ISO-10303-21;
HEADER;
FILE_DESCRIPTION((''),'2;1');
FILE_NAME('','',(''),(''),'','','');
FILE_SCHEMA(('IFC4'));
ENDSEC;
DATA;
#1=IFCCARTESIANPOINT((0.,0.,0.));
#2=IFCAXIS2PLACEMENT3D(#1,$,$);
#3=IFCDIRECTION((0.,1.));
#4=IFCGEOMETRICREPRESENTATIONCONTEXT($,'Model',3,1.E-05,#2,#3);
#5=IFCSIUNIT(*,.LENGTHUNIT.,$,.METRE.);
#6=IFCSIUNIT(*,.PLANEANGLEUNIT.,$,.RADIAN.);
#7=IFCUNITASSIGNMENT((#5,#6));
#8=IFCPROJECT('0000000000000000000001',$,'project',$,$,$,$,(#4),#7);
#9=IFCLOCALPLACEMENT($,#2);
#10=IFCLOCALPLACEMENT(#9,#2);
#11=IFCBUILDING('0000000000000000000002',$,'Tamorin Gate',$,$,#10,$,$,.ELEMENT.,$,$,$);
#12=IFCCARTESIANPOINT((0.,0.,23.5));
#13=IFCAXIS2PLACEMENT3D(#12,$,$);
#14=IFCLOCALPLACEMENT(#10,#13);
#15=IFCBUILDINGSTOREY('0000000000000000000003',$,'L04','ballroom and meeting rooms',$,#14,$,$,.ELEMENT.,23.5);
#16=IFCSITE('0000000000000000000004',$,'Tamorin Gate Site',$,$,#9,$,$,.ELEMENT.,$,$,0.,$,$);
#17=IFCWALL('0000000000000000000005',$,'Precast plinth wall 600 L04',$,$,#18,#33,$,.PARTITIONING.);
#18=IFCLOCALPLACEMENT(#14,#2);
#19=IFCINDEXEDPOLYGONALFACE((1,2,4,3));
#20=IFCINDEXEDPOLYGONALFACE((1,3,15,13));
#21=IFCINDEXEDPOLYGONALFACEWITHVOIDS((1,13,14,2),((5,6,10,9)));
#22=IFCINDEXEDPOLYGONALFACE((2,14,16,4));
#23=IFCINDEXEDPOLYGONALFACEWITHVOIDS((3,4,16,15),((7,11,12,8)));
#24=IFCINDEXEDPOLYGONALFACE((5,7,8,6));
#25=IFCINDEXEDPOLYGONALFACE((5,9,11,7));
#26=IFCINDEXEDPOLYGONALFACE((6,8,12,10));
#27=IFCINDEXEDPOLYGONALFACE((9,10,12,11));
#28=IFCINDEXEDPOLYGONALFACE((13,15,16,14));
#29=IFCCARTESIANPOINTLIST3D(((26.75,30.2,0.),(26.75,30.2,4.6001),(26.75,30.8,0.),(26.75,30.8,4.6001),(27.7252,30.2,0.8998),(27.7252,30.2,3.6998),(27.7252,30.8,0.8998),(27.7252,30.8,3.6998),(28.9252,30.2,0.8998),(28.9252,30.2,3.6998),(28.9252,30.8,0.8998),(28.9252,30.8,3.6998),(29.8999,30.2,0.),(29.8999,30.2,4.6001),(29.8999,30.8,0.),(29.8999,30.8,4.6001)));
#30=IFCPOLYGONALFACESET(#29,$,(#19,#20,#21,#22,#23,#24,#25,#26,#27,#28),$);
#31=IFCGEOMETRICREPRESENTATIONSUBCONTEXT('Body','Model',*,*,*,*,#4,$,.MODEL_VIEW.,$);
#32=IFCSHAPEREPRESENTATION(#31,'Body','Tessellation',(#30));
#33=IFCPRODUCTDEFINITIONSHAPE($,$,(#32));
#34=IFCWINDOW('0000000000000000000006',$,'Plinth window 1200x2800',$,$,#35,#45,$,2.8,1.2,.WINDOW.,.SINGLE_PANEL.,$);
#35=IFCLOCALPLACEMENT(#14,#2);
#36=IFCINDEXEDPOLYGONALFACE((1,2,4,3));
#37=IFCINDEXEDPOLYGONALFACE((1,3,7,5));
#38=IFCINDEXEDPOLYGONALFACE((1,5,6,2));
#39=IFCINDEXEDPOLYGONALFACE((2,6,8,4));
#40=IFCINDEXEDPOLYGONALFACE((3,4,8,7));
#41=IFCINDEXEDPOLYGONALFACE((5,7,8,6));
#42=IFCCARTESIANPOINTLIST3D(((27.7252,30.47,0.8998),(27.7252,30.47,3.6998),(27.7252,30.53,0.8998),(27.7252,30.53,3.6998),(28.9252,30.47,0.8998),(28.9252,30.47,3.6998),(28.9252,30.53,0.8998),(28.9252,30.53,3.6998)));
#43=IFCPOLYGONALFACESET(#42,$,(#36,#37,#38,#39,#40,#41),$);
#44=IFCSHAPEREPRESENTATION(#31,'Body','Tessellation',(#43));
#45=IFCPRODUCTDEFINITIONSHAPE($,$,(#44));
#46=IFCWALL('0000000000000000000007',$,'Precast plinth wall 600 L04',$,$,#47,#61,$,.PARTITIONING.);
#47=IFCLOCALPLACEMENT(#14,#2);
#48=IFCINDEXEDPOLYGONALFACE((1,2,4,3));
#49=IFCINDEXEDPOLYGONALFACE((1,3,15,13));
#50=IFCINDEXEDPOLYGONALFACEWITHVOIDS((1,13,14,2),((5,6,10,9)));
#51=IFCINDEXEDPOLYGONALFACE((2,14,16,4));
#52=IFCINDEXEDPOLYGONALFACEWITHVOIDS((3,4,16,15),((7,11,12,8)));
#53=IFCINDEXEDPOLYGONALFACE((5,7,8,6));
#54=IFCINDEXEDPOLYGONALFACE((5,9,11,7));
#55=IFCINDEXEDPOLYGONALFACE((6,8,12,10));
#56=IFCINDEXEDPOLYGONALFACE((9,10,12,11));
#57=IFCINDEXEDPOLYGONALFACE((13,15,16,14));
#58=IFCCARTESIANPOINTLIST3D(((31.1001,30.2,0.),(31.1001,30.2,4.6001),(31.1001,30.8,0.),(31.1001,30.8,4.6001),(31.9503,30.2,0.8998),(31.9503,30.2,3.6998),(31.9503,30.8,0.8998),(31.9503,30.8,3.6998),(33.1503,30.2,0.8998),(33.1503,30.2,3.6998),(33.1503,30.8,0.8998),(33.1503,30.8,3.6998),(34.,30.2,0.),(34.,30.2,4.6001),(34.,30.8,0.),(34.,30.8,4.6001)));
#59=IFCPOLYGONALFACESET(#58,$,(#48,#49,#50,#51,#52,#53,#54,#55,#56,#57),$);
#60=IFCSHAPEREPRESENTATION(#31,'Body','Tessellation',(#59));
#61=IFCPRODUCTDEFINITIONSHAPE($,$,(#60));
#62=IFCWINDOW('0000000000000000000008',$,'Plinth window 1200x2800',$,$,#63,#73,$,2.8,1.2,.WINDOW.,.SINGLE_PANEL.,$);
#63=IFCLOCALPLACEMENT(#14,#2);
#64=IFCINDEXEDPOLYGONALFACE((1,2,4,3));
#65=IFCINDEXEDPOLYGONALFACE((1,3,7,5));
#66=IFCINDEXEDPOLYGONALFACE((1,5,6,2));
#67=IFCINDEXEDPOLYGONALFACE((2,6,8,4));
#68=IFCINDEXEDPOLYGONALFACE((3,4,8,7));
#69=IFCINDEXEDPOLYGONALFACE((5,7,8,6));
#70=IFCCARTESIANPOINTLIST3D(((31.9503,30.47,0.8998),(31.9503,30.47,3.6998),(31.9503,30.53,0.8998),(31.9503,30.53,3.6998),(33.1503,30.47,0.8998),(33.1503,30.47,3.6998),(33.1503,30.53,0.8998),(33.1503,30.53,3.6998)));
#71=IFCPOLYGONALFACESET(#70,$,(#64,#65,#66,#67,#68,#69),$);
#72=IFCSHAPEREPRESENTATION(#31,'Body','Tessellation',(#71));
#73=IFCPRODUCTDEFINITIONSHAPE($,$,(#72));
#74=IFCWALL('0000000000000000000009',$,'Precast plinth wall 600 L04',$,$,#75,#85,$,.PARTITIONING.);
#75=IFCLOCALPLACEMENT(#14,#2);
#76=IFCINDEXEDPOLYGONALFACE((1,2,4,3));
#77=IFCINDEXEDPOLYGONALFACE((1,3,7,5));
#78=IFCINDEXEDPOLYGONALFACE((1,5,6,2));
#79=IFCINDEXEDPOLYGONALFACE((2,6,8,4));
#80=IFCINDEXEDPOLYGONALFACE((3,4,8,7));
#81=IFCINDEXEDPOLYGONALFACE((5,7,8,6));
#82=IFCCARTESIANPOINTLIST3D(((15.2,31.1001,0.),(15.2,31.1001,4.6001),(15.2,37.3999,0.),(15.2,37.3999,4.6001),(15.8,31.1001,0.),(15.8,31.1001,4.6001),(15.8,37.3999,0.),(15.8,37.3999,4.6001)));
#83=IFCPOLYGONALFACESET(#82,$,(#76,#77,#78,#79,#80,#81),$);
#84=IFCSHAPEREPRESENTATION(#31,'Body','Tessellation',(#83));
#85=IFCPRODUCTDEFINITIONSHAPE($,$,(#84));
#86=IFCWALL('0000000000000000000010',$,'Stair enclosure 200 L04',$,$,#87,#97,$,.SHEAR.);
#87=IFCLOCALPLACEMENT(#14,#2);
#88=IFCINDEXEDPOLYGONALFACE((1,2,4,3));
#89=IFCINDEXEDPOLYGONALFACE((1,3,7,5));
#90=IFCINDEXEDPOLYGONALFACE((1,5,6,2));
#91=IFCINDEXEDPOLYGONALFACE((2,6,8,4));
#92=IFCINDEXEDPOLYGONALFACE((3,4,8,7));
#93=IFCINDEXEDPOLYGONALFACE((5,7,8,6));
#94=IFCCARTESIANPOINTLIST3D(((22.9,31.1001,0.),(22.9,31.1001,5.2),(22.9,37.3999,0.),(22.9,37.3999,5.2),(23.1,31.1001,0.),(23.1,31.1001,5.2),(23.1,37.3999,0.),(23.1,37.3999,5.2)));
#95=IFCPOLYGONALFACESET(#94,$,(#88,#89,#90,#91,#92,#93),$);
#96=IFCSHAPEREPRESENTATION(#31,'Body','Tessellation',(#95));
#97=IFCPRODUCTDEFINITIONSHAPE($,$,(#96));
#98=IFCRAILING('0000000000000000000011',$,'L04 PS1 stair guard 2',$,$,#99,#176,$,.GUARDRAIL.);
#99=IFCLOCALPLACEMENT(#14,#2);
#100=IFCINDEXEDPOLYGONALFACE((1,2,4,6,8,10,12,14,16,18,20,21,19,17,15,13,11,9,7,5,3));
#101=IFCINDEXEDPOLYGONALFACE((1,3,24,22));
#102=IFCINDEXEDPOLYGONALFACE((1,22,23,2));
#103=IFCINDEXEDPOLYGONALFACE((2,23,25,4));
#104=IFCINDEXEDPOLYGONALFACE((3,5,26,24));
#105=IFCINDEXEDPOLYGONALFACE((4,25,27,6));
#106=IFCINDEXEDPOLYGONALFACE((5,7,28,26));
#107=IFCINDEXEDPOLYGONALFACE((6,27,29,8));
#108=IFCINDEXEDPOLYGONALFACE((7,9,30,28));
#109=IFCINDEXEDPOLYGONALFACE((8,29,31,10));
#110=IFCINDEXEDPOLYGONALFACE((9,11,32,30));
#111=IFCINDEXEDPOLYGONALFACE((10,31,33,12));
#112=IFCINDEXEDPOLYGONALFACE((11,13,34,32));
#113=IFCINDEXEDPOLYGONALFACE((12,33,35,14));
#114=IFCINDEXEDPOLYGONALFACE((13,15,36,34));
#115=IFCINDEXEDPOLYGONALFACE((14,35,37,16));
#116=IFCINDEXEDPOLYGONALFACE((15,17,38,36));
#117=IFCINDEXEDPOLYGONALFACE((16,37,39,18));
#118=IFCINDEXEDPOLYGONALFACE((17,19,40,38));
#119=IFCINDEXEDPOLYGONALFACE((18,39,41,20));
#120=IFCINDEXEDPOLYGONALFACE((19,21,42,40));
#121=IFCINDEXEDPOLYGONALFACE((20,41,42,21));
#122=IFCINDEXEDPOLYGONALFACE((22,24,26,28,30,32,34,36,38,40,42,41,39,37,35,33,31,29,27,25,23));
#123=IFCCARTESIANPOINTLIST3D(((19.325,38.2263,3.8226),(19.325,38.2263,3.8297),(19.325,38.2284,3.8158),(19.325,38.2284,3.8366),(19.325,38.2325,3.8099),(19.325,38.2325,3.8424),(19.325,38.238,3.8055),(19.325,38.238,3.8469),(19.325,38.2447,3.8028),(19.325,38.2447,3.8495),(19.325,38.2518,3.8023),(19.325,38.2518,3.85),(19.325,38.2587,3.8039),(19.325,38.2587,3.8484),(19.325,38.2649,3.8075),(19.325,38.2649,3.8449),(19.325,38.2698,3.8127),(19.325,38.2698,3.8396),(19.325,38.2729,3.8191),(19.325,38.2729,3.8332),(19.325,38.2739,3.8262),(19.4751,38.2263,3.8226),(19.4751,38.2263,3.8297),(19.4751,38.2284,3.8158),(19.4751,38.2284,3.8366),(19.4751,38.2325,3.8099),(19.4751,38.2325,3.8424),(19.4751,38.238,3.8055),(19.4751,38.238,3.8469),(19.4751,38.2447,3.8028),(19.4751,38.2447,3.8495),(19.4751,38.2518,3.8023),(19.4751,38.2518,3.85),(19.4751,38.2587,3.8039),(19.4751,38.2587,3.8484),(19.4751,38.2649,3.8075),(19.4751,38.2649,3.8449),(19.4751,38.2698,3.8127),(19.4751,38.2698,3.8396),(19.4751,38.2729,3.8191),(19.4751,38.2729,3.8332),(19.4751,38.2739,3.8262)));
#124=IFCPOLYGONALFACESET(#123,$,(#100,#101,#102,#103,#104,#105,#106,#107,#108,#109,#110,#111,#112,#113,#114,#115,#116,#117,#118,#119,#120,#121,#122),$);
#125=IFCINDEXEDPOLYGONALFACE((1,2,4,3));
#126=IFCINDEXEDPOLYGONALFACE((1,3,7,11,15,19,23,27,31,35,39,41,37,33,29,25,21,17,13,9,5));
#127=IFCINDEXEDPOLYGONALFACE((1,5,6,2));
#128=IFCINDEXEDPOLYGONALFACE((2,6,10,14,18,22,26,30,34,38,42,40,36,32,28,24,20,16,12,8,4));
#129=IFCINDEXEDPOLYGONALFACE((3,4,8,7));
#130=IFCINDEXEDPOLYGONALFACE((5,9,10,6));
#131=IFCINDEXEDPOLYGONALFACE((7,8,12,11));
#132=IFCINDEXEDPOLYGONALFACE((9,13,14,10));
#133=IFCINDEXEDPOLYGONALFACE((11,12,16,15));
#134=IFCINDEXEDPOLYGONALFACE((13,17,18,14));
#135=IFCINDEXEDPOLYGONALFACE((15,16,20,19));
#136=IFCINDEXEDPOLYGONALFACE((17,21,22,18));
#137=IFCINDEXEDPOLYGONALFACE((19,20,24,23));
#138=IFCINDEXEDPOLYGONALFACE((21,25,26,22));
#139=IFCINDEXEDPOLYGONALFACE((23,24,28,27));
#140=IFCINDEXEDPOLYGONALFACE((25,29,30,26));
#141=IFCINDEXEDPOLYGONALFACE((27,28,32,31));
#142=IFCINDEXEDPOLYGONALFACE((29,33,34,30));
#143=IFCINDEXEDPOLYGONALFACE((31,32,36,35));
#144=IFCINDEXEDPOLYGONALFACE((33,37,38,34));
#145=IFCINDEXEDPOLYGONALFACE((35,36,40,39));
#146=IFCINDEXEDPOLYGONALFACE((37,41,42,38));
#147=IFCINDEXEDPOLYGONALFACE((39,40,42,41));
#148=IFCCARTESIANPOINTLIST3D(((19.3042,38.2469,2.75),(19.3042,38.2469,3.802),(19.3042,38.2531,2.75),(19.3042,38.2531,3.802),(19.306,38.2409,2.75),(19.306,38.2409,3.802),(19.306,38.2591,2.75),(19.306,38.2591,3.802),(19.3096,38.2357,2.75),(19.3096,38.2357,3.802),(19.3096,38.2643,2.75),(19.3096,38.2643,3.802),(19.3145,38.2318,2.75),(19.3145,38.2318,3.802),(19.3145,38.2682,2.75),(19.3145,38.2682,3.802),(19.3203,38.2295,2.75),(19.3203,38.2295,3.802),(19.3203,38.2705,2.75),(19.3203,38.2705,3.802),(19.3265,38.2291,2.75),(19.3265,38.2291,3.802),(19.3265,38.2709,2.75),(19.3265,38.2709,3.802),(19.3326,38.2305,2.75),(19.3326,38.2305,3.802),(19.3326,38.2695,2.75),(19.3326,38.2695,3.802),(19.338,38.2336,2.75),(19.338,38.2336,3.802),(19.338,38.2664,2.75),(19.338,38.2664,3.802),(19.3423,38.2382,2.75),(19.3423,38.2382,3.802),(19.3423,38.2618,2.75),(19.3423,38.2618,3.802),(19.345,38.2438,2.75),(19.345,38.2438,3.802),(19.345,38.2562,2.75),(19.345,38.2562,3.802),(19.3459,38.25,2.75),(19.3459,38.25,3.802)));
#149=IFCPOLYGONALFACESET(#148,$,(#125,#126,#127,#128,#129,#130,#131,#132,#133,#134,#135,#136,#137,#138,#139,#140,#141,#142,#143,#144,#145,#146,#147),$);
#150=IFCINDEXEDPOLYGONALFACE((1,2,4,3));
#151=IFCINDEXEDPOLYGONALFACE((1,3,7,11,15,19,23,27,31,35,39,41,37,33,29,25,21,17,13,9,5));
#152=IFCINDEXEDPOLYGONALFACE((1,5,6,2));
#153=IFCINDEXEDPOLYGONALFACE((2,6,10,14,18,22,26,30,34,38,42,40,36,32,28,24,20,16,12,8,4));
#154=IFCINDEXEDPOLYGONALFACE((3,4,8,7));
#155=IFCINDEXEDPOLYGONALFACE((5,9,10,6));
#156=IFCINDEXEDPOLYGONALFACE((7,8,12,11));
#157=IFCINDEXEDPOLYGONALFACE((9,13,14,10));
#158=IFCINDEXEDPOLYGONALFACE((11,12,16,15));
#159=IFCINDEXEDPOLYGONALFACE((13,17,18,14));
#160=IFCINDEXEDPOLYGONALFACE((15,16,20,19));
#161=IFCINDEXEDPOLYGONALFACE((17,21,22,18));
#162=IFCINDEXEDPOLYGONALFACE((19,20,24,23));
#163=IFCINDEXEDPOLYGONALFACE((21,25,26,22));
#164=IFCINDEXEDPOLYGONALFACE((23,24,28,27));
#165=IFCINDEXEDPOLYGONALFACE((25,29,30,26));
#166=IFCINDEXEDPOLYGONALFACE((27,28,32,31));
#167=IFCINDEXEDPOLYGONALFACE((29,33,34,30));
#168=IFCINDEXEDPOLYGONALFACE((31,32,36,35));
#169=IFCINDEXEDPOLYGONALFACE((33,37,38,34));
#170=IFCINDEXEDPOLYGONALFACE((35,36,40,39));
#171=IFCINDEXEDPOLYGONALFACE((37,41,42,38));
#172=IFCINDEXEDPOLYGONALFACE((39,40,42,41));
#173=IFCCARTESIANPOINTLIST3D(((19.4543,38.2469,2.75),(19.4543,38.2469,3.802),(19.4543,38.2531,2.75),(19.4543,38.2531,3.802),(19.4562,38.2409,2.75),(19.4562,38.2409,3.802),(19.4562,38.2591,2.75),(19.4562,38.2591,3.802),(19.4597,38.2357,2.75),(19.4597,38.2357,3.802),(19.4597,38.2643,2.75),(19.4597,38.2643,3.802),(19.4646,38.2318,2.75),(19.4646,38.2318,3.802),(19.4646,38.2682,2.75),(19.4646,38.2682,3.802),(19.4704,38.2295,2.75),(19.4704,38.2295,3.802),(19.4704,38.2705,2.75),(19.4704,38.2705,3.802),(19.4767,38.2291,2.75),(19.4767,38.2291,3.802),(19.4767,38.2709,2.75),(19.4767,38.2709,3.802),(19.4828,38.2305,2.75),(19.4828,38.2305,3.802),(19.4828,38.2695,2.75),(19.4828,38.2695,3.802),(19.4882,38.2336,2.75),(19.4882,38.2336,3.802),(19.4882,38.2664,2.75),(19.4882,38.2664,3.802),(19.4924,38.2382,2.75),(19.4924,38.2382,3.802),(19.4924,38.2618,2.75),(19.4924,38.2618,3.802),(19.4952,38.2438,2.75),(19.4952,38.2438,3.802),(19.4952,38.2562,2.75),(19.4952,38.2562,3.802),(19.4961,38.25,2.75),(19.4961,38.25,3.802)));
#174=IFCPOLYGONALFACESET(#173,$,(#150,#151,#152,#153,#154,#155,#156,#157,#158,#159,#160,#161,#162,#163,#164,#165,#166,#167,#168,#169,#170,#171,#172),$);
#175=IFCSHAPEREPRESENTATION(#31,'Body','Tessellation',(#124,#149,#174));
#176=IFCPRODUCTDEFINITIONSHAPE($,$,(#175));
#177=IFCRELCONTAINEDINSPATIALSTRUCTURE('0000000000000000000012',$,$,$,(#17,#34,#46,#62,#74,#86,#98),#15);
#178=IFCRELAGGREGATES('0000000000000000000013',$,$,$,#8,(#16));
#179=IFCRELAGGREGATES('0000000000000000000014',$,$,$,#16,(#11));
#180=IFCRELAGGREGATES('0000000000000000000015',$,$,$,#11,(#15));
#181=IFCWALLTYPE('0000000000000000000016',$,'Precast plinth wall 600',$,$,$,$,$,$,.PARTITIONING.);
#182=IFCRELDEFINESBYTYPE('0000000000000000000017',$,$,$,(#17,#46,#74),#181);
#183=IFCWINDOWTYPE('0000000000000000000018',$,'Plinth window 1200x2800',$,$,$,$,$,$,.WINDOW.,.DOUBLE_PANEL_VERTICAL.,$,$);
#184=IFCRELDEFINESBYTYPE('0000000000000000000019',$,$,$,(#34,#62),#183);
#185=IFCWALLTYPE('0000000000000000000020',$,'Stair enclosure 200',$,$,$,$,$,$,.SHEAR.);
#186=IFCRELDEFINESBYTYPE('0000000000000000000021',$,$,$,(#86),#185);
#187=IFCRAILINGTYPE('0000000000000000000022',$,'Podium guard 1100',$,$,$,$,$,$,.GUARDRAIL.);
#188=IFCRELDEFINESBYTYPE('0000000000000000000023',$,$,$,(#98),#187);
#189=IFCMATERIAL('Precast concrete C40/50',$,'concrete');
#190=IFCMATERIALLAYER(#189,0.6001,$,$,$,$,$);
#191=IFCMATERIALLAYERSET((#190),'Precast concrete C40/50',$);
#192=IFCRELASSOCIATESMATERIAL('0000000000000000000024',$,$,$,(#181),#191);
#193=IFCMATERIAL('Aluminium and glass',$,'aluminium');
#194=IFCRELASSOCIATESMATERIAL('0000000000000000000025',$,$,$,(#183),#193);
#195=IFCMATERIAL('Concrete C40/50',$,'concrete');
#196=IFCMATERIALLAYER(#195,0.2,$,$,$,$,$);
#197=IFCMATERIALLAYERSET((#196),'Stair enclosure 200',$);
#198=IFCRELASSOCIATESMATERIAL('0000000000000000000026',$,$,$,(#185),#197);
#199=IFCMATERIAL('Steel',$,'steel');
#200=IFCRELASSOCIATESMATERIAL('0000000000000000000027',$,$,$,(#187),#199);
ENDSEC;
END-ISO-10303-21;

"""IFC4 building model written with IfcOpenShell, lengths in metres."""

from ifc_helpers import new_model, si_unit, direction, frame, frame_2d, origin, origin_2d, place, context, subcontext, project, spatial, rectangle, circle, extrude, material, layer, layer_set, type_object, element, fill, save


model = new_model("IFC4")

# Units and contexts
model_context = context("Model", 3, precision=1e-05, world=origin(), true_north=direction((0.0, 1.0)))
body_context = subcontext(model_context, "Body", "Model", "MODEL_VIEW")
ifc_project = project(units=[si_unit("LENGTHUNIT", "METRE"), si_unit("PLANEANGLEUNIT", "RADIAN")], contexts=[model_context])

# Site, building, storey
site_placement = place(None, origin())
site = spatial("IfcSite", under=ifc_project, at=site_placement, Name="Tamorin Gate Site", CompositionType="ELEMENT", RefElevation=0.0)
building_placement = place(site_placement, origin())
building = spatial("IfcBuilding", under=site, at=building_placement, Name="Tamorin Gate", CompositionType="ELEMENT")
storey_placement = place(building_placement, frame((0.0, 0.0, 23.5)))
storey = spatial("IfcBuildingStorey", under=building, at=storey_placement, Name="L04", Description="ballroom and meeting rooms", CompositionType="ELEMENT", Elevation=23.5)

# Shared definitions
ifc_material_1 = material(Name="Precast concrete C40/50", Category="concrete")
ifc_layer_1 = layer(ifc_material_1, 0.6001)
ifc_layer_set_1 = layer_set([ifc_layer_1], Name="Precast concrete C40/50")
wall_type_1 = type_object("IfcWallType", Name="Precast plinth wall 600", PredefinedType="PARTITIONING", material=ifc_layer_set_1)

# Walls, openings, windows
ifc_material_2 = material(Name="Aluminium and glass", Category="aluminium")
window_type = type_object("IfcWindowType", Name="Plinth window 1200x2800", PartitioningType="DOUBLE_PANEL_VERTICAL", PredefinedType="WINDOW", material=ifc_material_2)
wall_1_placement = place(storey_placement, frame((26.75, 30.5, 0.0), z_axis=(0.0, 0.0, 1.0), x_axis=(1.0, 0.0, 0.0)))
wall_1 = element("IfcWall", 1, at=wall_1_placement, inside=storey, type_object=wall_type_1, Name="Precast plinth wall 600 L04", PredefinedType="PARTITIONING", context=body_context, shape_type="SweptSolid", body=[
    extrude(rectangle(XDim=3.1499, YDim=0.6001, at=frame_2d((1.575, 0.0))), origin(), (0.0, 0.0, 1.0), 4.6001),
])
opening_1_placement = place(wall_1_placement, frame((0.9751, 0.0, 0.8999)))
opening_1 = element("IfcOpeningElement", 2, at=opening_1_placement, cuts=wall_1, PredefinedType="OPENING", context=body_context, shape_type="SweptSolid", body=[
    extrude(rectangle(XDim=1.2, YDim=2.8, at=frame_2d((0.6001, 1.3999))), frame((0.0, 0.3101, 0.0), z_axis=(0.0, -1.0, 0.0), x_axis=(1.0, 0.0, 0.0)), (0.0, 0.0, 1.0), 0.6201),
])
window_1_placement = place(opening_1_placement, origin())
window_1 = element("IfcWindow", 3, at=window_1_placement, inside=storey, type_object=window_type, Name="Plinth window 1200x2800", OverallHeight=2.8, OverallWidth=1.2, PartitioningType="SINGLE_PANEL", PredefinedType="WINDOW", context=body_context, shape_type="SweptSolid", body=[
    extrude(rectangle(XDim=1.2, YDim=2.8, at=frame_2d((0.6001, 1.3999))), frame((0.0, 0.03, 0.0), z_axis=(0.0, -1.0, 0.0), x_axis=(1.0, 0.0, 0.0)), (0.0, 0.0, 1.0), 0.0601),
])
fill(opening_1, window_1)
wall_2_placement = place(storey_placement, frame((31.1001, 30.5, 0.0), z_axis=(0.0, 0.0, 1.0), x_axis=(1.0, 0.0, 0.0)))
wall_2 = element("IfcWall", 4, at=wall_2_placement, inside=storey, type_object=wall_type_1, Name="Precast plinth wall 600 L04", PredefinedType="PARTITIONING", context=body_context, shape_type="SweptSolid", body=[
    extrude(rectangle(XDim=2.8999, YDim=0.6001, at=frame_2d((1.45, 0.0))), origin(), (0.0, 0.0, 1.0), 4.6001),
])
opening_2_placement = place(wall_2_placement, frame((0.8501, 0.0, 0.8999)))
opening_2 = element("IfcOpeningElement", 5, at=opening_2_placement, cuts=wall_2, PredefinedType="OPENING", context=body_context, shape_type="SweptSolid", body=[
    extrude(rectangle(XDim=1.2, YDim=2.8, at=frame_2d((0.6001, 1.3999))), frame((0.0, 0.3101, 0.0), z_axis=(0.0, -1.0, 0.0), x_axis=(1.0, 0.0, 0.0)), (0.0, 0.0, 1.0), 0.6201),
])
window_2_placement = place(opening_2_placement, origin())
window_2 = element("IfcWindow", 6, at=window_2_placement, inside=storey, type_object=window_type, Name="Plinth window 1200x2800", OverallHeight=2.8, OverallWidth=1.2, PartitioningType="SINGLE_PANEL", PredefinedType="WINDOW", context=body_context, shape_type="SweptSolid", body=[
    extrude(rectangle(XDim=1.2, YDim=2.8, at=frame_2d((0.6001, 1.3999))), frame((0.0, 0.03, 0.0), z_axis=(0.0, -1.0, 0.0), x_axis=(1.0, 0.0, 0.0)), (0.0, 0.0, 1.0), 0.0601),
])
fill(opening_2, window_2)

# Walls
wall_3_placement = place(storey_placement, frame((15.5, 31.1001, 0.0), z_axis=(0.0, 0.0, 1.0), x_axis=(0.0, 1.0, 0.0)))
element("IfcWall", 7, at=wall_3_placement, inside=storey, type_object=wall_type_1, Name="Precast plinth wall 600 L04", PredefinedType="PARTITIONING", context=body_context, shape_type="SweptSolid", body=[
    extrude(rectangle(XDim=6.2998, YDim=0.6001, at=frame_2d((3.1499, 0.0))), origin(), (0.0, 0.0, 1.0), 4.6001),
])
ifc_material_3 = material(Name="Concrete C40/50", Category="concrete")
ifc_layer_2 = layer(ifc_material_3, 0.2)
ifc_layer_set_2 = layer_set([ifc_layer_2], Name="Stair enclosure 200")
wall_type_2 = type_object("IfcWallType", Name="Stair enclosure 200", PredefinedType="SHEAR", material=ifc_layer_set_2)
wall_4_placement = place(storey_placement, frame((23.0, 31.1001, 0.0), z_axis=(0.0, 0.0, 1.0), x_axis=(0.0, 1.0, 0.0)))
element("IfcWall", 8, at=wall_4_placement, inside=storey, type_object=wall_type_2, Name="Stair enclosure 200 L04", PredefinedType="SHEAR", context=body_context, shape_type="SweptSolid", body=[
    extrude(rectangle(XDim=6.2998, YDim=0.2, at=frame_2d((3.1499, 0.0))), origin(), (0.0, 0.0, 1.0), 5.2),
])

# Railing
ifc_material_4 = material(Name="Steel", Category="steel")
railing_type = type_object("IfcRailingType", Name="Podium guard 1100", PredefinedType="GUARDRAIL", material=ifc_material_4)
railing_1_placement = place(storey_placement, frame((19.325, 38.25, 2.75)))
element("IfcRailing", 9, at=railing_1_placement, inside=storey, type_object=railing_type, Name="L04 PS1 stair guard 2", PredefinedType="GUARDRAIL", context=body_context, shape_type="SweptSolid", body=[
    extrude(circle(Radius=0.0239, at=origin_2d()), frame((0.0, 0.0, 1.0762), z_axis=(1.0, 0.0, 0.0), x_axis=(0.0, 1.0, 0.0)), (0.0, 0.0, 1.0), 0.1501),
    extrude(circle(Radius=0.021, at=origin_2d()), origin(), (0.0, 0.0, 1.0), 1.052),
    extrude(circle(Radius=0.021, at=origin_2d()), frame((0.1501, 0.0, 0.0)), (0.0, 0.0, 1.0), 1.052),
])

save(model, "model.ifc")
